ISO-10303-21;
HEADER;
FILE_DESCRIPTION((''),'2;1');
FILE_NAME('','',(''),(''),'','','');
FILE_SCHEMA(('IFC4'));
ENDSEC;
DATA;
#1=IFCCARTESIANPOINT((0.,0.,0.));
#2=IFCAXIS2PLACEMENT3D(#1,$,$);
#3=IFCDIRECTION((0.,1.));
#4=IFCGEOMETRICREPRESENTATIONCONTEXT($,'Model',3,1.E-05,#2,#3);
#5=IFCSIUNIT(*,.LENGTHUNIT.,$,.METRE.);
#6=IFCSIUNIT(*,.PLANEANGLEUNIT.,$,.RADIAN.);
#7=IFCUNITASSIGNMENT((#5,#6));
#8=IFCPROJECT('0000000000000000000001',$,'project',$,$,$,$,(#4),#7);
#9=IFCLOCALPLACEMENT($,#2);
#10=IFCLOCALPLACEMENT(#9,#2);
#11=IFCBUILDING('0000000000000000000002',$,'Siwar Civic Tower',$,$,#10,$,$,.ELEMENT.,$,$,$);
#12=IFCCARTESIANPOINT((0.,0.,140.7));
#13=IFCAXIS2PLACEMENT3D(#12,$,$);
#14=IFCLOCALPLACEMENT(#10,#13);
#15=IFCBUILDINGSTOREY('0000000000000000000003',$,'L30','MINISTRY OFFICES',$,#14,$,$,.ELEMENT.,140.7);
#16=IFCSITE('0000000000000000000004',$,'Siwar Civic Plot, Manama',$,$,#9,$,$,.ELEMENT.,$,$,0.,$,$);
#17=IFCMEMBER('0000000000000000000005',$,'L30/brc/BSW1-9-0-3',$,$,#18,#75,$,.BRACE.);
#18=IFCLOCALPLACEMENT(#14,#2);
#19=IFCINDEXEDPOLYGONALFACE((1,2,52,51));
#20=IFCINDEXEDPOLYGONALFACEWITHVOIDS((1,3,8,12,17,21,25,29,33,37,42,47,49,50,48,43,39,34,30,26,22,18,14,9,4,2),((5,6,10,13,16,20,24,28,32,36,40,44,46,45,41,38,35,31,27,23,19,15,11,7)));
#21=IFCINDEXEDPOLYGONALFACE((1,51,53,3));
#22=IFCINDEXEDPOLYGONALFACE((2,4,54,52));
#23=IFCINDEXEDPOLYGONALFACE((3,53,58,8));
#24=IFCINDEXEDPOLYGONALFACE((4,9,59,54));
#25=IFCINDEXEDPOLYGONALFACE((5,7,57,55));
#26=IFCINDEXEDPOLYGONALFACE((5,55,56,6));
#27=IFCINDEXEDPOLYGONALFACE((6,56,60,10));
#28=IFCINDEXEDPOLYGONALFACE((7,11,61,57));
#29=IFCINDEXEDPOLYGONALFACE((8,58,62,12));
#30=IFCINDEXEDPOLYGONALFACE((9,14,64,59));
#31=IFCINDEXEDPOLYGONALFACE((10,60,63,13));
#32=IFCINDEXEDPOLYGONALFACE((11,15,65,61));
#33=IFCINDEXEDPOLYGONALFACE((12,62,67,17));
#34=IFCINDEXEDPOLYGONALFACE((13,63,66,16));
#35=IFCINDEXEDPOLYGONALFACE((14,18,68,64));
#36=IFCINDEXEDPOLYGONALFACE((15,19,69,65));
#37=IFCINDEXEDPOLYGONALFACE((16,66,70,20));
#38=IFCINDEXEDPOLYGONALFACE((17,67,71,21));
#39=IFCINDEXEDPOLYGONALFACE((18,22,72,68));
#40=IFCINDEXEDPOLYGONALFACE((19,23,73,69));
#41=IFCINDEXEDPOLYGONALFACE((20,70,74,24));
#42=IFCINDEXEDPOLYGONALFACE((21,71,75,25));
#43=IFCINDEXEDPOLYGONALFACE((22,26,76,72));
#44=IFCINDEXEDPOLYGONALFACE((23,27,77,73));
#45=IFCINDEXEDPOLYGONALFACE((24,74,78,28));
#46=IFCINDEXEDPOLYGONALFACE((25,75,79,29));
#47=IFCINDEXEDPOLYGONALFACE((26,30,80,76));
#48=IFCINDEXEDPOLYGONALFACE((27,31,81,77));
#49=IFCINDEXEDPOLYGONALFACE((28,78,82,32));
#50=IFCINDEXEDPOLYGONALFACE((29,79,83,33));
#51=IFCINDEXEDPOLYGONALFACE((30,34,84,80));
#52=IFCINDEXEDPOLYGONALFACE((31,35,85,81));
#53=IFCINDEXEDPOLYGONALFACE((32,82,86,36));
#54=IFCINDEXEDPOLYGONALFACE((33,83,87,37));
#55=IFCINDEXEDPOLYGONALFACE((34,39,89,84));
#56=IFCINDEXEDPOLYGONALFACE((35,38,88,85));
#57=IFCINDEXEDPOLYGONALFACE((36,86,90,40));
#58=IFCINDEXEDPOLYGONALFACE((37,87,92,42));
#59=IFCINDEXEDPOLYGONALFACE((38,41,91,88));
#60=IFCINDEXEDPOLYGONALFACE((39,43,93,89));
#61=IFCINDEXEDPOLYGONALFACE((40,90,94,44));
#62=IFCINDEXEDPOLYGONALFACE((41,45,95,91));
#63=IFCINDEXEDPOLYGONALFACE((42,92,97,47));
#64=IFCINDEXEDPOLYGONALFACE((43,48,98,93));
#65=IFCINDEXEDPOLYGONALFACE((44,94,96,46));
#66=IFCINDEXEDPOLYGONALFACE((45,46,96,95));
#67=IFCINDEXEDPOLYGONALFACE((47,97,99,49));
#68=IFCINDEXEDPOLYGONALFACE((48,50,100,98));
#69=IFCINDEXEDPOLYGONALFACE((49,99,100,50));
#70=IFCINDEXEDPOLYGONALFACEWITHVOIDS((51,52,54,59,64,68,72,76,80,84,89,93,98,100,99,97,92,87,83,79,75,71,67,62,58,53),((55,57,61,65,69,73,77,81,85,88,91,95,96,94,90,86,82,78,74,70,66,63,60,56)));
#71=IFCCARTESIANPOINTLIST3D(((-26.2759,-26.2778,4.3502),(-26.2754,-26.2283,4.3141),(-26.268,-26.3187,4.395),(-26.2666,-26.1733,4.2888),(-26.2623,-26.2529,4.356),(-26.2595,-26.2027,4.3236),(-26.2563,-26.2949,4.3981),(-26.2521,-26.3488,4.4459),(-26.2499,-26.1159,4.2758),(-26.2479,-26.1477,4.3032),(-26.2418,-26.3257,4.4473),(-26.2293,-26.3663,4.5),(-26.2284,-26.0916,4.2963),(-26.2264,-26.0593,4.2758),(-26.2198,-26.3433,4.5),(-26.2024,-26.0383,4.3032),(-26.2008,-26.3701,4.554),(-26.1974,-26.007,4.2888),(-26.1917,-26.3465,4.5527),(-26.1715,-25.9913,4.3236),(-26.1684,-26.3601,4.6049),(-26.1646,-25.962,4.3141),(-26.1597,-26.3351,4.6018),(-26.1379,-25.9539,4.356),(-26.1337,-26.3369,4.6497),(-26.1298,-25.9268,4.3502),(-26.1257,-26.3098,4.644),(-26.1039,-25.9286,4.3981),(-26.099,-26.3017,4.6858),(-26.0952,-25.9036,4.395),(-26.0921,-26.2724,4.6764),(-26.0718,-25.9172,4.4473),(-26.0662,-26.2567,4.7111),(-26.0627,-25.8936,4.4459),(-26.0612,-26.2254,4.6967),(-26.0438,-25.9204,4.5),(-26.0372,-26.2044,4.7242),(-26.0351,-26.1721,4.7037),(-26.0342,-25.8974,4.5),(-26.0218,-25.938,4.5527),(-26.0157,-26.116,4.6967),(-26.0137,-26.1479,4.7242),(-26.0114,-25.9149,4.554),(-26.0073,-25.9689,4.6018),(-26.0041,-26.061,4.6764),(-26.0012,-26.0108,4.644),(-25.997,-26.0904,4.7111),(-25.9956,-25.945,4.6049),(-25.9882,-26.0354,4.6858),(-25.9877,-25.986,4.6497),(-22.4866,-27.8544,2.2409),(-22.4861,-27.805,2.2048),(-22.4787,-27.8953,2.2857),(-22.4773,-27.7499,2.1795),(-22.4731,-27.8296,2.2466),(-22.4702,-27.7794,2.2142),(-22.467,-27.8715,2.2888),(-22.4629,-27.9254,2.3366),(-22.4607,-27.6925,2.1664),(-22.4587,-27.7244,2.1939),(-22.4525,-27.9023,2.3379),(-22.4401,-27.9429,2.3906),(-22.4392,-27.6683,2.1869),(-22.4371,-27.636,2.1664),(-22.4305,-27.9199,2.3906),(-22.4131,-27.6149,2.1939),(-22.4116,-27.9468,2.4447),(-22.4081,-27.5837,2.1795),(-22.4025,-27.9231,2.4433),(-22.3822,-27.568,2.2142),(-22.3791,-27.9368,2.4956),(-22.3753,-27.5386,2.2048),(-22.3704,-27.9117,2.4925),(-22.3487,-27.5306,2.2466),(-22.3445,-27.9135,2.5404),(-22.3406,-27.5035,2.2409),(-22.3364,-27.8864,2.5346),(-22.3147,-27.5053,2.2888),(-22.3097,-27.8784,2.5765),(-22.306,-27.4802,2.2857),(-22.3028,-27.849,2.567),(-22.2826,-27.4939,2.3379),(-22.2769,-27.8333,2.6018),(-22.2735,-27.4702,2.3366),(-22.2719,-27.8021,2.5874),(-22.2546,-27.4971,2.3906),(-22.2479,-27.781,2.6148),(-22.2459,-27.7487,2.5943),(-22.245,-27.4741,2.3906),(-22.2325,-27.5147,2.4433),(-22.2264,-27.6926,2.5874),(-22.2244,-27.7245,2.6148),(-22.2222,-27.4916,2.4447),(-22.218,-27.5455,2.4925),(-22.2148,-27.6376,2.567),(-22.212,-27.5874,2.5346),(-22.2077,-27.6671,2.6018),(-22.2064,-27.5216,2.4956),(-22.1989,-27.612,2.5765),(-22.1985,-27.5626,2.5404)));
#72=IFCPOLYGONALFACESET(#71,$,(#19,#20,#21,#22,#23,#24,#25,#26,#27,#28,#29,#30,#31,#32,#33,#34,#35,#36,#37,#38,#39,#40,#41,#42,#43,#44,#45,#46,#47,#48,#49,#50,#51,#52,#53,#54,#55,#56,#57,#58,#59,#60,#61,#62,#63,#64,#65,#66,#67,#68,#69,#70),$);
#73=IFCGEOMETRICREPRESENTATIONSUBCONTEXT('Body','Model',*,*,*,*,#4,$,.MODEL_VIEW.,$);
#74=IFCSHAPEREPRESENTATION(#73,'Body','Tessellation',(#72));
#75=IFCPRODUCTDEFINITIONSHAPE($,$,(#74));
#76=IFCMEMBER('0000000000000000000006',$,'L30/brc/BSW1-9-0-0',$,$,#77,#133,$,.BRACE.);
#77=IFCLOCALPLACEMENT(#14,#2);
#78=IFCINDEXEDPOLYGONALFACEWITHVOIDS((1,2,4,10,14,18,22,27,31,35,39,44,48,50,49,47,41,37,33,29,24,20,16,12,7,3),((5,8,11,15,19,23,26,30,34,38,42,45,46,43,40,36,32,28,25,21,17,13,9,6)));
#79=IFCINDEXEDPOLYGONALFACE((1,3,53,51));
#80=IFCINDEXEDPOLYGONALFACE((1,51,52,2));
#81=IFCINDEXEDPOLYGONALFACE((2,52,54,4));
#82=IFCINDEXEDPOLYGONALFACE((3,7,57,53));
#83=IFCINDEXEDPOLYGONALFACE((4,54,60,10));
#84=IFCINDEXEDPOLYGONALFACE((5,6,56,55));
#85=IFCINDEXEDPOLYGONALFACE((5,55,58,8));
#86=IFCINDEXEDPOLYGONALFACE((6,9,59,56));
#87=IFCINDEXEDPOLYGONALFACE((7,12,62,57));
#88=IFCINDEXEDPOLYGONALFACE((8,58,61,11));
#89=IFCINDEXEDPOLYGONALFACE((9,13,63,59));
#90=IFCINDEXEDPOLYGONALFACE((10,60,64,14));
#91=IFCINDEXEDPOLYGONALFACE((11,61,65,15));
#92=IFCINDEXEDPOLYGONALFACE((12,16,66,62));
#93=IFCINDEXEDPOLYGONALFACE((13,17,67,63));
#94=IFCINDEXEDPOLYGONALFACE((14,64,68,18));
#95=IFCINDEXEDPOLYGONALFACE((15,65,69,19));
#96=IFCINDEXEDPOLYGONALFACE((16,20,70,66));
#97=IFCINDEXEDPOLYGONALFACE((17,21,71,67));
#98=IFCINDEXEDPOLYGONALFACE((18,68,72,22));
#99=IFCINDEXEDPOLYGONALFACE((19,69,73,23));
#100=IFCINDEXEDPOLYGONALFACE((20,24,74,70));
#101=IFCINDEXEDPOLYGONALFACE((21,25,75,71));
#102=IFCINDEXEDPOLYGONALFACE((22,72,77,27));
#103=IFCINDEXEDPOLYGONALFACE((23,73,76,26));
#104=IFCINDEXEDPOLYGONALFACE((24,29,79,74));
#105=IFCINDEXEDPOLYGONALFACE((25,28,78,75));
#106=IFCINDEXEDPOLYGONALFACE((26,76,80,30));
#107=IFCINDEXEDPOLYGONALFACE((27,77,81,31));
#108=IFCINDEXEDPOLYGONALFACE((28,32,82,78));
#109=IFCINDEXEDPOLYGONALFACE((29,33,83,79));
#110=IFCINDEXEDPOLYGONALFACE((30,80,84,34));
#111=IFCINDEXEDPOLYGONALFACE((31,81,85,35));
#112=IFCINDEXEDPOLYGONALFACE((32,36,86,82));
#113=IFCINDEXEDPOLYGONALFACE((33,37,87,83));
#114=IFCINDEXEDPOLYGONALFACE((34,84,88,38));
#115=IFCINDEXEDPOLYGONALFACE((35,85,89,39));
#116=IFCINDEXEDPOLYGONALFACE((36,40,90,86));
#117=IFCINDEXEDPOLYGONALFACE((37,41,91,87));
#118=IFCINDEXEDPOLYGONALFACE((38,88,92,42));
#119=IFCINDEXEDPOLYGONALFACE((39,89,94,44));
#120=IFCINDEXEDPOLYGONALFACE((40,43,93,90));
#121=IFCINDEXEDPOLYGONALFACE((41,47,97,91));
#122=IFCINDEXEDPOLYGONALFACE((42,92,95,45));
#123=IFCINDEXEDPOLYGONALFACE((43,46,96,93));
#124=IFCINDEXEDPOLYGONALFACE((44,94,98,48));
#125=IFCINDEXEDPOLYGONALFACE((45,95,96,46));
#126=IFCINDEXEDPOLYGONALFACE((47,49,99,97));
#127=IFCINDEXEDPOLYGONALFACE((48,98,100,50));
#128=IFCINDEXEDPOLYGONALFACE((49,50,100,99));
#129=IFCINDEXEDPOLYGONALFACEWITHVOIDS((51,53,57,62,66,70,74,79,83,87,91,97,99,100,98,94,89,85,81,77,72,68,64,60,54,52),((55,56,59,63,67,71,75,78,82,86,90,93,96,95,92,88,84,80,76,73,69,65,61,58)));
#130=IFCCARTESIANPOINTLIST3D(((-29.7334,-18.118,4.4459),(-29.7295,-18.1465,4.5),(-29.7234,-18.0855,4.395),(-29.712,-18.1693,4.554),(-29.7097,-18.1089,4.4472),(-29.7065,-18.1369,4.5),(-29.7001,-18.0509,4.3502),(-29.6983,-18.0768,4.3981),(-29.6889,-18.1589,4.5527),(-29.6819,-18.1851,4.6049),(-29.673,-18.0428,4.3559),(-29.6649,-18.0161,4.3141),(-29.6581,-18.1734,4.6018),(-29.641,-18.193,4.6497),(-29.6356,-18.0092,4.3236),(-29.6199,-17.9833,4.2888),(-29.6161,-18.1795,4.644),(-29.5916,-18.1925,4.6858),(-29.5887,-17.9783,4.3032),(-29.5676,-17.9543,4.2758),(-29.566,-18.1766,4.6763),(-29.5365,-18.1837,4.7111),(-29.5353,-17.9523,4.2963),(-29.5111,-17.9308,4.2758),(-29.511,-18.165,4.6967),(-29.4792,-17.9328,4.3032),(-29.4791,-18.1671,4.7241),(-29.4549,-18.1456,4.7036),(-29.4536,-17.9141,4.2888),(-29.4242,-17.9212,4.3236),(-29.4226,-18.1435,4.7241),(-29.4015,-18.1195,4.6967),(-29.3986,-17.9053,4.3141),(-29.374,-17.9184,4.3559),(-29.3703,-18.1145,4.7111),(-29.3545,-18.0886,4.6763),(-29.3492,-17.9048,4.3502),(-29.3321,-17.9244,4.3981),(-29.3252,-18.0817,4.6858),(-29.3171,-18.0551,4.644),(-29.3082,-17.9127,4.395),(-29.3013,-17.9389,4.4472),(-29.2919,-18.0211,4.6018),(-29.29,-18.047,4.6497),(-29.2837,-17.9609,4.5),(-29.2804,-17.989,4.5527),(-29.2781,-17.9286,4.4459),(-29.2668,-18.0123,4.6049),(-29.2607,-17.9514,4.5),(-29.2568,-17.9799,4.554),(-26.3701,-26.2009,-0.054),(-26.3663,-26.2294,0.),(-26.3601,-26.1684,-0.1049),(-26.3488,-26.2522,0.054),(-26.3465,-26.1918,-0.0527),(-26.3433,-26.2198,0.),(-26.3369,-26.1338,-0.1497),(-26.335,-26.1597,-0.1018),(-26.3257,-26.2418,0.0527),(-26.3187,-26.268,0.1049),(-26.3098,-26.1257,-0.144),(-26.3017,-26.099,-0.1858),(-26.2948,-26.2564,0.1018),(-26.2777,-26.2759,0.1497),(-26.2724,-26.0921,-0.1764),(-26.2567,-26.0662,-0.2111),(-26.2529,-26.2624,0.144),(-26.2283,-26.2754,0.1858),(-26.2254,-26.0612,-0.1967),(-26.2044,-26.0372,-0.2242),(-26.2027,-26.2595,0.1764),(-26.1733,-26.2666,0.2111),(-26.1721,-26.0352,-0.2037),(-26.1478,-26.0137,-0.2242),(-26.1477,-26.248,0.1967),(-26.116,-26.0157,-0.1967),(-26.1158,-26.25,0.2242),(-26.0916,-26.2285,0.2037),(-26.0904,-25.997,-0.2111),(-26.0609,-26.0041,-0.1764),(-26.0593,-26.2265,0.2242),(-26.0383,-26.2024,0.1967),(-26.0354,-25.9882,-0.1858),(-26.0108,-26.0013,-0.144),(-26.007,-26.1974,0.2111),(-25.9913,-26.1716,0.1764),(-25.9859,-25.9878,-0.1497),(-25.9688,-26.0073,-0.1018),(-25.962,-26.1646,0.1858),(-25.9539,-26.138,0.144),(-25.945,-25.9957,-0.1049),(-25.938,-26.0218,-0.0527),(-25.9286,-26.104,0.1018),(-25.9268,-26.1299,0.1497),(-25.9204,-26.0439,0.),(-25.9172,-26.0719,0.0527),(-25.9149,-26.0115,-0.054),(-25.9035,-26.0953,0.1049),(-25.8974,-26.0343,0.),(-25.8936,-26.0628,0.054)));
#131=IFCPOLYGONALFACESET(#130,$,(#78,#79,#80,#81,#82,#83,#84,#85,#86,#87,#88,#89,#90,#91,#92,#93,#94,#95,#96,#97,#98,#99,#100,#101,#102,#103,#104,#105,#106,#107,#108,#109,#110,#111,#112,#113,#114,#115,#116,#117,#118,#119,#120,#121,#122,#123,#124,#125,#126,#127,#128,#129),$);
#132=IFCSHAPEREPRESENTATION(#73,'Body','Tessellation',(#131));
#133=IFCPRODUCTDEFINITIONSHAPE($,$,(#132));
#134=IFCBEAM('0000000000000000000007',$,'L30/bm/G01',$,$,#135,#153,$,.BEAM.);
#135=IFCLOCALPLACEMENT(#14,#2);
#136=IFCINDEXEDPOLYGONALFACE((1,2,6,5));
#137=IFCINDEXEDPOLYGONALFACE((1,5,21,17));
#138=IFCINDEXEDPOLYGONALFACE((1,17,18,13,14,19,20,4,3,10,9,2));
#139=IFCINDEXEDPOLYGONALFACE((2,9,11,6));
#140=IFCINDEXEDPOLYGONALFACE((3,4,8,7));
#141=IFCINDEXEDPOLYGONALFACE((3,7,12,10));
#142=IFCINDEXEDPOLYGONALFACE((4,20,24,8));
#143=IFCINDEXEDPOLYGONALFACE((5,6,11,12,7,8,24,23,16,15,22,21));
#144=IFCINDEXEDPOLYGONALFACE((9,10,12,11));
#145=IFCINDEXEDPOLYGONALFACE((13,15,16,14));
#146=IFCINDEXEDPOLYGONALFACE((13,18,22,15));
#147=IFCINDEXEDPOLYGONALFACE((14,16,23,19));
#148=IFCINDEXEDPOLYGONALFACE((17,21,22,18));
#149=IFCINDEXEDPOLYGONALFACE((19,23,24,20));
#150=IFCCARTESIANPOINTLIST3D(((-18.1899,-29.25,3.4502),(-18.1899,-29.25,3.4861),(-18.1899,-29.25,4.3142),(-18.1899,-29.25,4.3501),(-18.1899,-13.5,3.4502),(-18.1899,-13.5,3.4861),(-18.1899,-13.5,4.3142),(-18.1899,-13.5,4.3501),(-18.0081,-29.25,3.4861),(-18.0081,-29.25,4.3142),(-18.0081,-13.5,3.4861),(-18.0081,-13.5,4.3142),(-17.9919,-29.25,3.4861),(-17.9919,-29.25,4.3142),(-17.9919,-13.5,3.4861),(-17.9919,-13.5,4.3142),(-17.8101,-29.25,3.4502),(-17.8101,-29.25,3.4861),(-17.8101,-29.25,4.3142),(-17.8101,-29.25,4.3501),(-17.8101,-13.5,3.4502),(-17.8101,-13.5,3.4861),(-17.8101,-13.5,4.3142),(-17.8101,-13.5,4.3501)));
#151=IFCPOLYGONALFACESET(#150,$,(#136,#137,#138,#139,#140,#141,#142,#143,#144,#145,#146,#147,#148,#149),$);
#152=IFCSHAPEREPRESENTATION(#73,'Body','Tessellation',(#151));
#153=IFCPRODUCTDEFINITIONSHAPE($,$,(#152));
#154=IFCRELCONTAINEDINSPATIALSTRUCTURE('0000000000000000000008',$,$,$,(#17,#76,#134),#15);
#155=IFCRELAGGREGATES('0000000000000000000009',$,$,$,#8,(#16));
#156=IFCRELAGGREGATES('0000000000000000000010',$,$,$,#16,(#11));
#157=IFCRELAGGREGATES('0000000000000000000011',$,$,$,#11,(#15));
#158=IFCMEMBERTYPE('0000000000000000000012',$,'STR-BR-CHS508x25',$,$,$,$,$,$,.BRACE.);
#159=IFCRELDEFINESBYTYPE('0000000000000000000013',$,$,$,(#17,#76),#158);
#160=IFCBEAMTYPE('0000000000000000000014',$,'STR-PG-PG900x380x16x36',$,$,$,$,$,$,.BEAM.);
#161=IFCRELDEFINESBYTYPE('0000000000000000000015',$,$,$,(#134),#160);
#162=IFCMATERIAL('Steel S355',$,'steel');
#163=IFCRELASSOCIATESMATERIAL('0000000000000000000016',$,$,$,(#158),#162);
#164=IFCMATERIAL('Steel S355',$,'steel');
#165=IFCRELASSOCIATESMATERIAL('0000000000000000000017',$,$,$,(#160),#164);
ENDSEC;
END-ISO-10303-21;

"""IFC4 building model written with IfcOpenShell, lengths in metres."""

from ifc_helpers import new_model, si_unit, direction, frame, origin, origin_2d, place, context, subcontext, project, spatial, hollow_circle, i_section, extrude, material, material_profile, profile_set, type_object, element, save


model = new_model("IFC4")

# Units and contexts
model_context = context("Model", 3, precision=1e-05, world=origin(), true_north=direction((0.0, 1.0)))
body_context = subcontext(model_context, "Body", "Model", "MODEL_VIEW")
ifc_project = project(units=[si_unit("LENGTHUNIT", "METRE"), si_unit("PLANEANGLEUNIT", "RADIAN")], contexts=[model_context])

# Site, building, storey
site_placement = place(None, origin())
site = spatial("IfcSite", under=ifc_project, at=site_placement, Name="Siwar Civic Plot, Manama", CompositionType="ELEMENT", RefElevation=0.0)
building_placement = place(site_placement, origin())
building = spatial("IfcBuilding", under=site, at=building_placement, Name="Siwar Civic Tower", CompositionType="ELEMENT")
storey_placement = place(building_placement, frame((0.0, 0.0, 140.7)))
storey = spatial("IfcBuildingStorey", under=building, at=storey_placement, Name="L30", Description="MINISTRY OFFICES", CompositionType="ELEMENT", Elevation=140.7)

# Members
ifc_material_1 = material(Name="Steel S355", Category="steel")
ifc_material_profile_1 = material_profile(ifc_material_1, hollow_circle(Radius=0.2539, WallThickness=0.0249, at=origin_2d()), Name="CHS508x25")
ifc_profile_set_1 = profile_set([ifc_material_profile_1], Name="Steel S355")
member_type = type_object("IfcMemberType", Name="STR-BR-CHS508x25", PredefinedType="BRACE", material=ifc_profile_set_1)
for number, where, z_axis, x_axis, name in (
    (1, (-22.3425, -27.7085, 2.3906), (-0.821163, 0.341671, 0.457113), (-0.384155, -0.923269, 0.0), "L30/brc/BSW1-9-0-3"),
):
    element("IfcMember", number, at=place(storey_placement, frame(where, z_axis=z_axis, x_axis=x_axis)), inside=storey, type_object=member_type, Name=name, PredefinedType="BRACE", context=body_context, shape_type="SweptSolid", body=[
        extrude(hollow_circle(Radius=0.2539, WallThickness=0.0249, at=origin_2d()), origin(), (0.0, 0.0, 1.0), 4.6145),
    ])
member_1_placement = place(storey_placement, frame((-26.1318, -26.1318, 0.0), z_axis=(-0.341671, 0.821143, 0.457149), x_axis=(-0.923265, -0.384164, 0.0)))
element("IfcMember", 2, at=member_1_placement, inside=storey, type_object=member_type, Name="L30/brc/BSW1-9-0-0", PredefinedType="BRACE", context=body_context, shape_type="SweptSolid", body=[
    extrude(hollow_circle(Radius=0.2539, WallThickness=0.0249, at=origin_2d()), origin(), (0.0, 0.0, 1.0), 9.8435),
])

# Beam
ifc_material_2 = material(Name="Steel S355", Category="steel")
ifc_material_profile_2 = material_profile(ifc_material_2, i_section(OverallWidth=0.3799, OverallDepth=0.8999, WebThickness=0.0161, FlangeThickness=0.0359, at=origin_2d()), Name="PG900x380x16x36")
ifc_profile_set_2 = profile_set([ifc_material_profile_2], Name="Steel S355")
beam_type_1 = type_object("IfcBeamType", Name="STR-PG-PG900x380x16x36", PredefinedType="BEAM", material=ifc_profile_set_2)
beam_1_placement = place(storey_placement, frame((-18.0, -29.25, 3.9001), z_axis=(0.0, 1.0, 0.0), x_axis=(-1.0, 0.0, 0.0)))
element("IfcBeam", 3, at=beam_1_placement, inside=storey, type_object=beam_type_1, Name="L30/bm/G01", PredefinedType="BEAM", context=body_context, shape_type="SweptSolid", body=[
    extrude(i_section(OverallWidth=0.3799, OverallDepth=0.8999, WebThickness=0.0161, FlangeThickness=0.0359, at=origin_2d()), origin(), (0.0, 0.0, 1.0), 15.75),
])

save(model, "model.ifc")
